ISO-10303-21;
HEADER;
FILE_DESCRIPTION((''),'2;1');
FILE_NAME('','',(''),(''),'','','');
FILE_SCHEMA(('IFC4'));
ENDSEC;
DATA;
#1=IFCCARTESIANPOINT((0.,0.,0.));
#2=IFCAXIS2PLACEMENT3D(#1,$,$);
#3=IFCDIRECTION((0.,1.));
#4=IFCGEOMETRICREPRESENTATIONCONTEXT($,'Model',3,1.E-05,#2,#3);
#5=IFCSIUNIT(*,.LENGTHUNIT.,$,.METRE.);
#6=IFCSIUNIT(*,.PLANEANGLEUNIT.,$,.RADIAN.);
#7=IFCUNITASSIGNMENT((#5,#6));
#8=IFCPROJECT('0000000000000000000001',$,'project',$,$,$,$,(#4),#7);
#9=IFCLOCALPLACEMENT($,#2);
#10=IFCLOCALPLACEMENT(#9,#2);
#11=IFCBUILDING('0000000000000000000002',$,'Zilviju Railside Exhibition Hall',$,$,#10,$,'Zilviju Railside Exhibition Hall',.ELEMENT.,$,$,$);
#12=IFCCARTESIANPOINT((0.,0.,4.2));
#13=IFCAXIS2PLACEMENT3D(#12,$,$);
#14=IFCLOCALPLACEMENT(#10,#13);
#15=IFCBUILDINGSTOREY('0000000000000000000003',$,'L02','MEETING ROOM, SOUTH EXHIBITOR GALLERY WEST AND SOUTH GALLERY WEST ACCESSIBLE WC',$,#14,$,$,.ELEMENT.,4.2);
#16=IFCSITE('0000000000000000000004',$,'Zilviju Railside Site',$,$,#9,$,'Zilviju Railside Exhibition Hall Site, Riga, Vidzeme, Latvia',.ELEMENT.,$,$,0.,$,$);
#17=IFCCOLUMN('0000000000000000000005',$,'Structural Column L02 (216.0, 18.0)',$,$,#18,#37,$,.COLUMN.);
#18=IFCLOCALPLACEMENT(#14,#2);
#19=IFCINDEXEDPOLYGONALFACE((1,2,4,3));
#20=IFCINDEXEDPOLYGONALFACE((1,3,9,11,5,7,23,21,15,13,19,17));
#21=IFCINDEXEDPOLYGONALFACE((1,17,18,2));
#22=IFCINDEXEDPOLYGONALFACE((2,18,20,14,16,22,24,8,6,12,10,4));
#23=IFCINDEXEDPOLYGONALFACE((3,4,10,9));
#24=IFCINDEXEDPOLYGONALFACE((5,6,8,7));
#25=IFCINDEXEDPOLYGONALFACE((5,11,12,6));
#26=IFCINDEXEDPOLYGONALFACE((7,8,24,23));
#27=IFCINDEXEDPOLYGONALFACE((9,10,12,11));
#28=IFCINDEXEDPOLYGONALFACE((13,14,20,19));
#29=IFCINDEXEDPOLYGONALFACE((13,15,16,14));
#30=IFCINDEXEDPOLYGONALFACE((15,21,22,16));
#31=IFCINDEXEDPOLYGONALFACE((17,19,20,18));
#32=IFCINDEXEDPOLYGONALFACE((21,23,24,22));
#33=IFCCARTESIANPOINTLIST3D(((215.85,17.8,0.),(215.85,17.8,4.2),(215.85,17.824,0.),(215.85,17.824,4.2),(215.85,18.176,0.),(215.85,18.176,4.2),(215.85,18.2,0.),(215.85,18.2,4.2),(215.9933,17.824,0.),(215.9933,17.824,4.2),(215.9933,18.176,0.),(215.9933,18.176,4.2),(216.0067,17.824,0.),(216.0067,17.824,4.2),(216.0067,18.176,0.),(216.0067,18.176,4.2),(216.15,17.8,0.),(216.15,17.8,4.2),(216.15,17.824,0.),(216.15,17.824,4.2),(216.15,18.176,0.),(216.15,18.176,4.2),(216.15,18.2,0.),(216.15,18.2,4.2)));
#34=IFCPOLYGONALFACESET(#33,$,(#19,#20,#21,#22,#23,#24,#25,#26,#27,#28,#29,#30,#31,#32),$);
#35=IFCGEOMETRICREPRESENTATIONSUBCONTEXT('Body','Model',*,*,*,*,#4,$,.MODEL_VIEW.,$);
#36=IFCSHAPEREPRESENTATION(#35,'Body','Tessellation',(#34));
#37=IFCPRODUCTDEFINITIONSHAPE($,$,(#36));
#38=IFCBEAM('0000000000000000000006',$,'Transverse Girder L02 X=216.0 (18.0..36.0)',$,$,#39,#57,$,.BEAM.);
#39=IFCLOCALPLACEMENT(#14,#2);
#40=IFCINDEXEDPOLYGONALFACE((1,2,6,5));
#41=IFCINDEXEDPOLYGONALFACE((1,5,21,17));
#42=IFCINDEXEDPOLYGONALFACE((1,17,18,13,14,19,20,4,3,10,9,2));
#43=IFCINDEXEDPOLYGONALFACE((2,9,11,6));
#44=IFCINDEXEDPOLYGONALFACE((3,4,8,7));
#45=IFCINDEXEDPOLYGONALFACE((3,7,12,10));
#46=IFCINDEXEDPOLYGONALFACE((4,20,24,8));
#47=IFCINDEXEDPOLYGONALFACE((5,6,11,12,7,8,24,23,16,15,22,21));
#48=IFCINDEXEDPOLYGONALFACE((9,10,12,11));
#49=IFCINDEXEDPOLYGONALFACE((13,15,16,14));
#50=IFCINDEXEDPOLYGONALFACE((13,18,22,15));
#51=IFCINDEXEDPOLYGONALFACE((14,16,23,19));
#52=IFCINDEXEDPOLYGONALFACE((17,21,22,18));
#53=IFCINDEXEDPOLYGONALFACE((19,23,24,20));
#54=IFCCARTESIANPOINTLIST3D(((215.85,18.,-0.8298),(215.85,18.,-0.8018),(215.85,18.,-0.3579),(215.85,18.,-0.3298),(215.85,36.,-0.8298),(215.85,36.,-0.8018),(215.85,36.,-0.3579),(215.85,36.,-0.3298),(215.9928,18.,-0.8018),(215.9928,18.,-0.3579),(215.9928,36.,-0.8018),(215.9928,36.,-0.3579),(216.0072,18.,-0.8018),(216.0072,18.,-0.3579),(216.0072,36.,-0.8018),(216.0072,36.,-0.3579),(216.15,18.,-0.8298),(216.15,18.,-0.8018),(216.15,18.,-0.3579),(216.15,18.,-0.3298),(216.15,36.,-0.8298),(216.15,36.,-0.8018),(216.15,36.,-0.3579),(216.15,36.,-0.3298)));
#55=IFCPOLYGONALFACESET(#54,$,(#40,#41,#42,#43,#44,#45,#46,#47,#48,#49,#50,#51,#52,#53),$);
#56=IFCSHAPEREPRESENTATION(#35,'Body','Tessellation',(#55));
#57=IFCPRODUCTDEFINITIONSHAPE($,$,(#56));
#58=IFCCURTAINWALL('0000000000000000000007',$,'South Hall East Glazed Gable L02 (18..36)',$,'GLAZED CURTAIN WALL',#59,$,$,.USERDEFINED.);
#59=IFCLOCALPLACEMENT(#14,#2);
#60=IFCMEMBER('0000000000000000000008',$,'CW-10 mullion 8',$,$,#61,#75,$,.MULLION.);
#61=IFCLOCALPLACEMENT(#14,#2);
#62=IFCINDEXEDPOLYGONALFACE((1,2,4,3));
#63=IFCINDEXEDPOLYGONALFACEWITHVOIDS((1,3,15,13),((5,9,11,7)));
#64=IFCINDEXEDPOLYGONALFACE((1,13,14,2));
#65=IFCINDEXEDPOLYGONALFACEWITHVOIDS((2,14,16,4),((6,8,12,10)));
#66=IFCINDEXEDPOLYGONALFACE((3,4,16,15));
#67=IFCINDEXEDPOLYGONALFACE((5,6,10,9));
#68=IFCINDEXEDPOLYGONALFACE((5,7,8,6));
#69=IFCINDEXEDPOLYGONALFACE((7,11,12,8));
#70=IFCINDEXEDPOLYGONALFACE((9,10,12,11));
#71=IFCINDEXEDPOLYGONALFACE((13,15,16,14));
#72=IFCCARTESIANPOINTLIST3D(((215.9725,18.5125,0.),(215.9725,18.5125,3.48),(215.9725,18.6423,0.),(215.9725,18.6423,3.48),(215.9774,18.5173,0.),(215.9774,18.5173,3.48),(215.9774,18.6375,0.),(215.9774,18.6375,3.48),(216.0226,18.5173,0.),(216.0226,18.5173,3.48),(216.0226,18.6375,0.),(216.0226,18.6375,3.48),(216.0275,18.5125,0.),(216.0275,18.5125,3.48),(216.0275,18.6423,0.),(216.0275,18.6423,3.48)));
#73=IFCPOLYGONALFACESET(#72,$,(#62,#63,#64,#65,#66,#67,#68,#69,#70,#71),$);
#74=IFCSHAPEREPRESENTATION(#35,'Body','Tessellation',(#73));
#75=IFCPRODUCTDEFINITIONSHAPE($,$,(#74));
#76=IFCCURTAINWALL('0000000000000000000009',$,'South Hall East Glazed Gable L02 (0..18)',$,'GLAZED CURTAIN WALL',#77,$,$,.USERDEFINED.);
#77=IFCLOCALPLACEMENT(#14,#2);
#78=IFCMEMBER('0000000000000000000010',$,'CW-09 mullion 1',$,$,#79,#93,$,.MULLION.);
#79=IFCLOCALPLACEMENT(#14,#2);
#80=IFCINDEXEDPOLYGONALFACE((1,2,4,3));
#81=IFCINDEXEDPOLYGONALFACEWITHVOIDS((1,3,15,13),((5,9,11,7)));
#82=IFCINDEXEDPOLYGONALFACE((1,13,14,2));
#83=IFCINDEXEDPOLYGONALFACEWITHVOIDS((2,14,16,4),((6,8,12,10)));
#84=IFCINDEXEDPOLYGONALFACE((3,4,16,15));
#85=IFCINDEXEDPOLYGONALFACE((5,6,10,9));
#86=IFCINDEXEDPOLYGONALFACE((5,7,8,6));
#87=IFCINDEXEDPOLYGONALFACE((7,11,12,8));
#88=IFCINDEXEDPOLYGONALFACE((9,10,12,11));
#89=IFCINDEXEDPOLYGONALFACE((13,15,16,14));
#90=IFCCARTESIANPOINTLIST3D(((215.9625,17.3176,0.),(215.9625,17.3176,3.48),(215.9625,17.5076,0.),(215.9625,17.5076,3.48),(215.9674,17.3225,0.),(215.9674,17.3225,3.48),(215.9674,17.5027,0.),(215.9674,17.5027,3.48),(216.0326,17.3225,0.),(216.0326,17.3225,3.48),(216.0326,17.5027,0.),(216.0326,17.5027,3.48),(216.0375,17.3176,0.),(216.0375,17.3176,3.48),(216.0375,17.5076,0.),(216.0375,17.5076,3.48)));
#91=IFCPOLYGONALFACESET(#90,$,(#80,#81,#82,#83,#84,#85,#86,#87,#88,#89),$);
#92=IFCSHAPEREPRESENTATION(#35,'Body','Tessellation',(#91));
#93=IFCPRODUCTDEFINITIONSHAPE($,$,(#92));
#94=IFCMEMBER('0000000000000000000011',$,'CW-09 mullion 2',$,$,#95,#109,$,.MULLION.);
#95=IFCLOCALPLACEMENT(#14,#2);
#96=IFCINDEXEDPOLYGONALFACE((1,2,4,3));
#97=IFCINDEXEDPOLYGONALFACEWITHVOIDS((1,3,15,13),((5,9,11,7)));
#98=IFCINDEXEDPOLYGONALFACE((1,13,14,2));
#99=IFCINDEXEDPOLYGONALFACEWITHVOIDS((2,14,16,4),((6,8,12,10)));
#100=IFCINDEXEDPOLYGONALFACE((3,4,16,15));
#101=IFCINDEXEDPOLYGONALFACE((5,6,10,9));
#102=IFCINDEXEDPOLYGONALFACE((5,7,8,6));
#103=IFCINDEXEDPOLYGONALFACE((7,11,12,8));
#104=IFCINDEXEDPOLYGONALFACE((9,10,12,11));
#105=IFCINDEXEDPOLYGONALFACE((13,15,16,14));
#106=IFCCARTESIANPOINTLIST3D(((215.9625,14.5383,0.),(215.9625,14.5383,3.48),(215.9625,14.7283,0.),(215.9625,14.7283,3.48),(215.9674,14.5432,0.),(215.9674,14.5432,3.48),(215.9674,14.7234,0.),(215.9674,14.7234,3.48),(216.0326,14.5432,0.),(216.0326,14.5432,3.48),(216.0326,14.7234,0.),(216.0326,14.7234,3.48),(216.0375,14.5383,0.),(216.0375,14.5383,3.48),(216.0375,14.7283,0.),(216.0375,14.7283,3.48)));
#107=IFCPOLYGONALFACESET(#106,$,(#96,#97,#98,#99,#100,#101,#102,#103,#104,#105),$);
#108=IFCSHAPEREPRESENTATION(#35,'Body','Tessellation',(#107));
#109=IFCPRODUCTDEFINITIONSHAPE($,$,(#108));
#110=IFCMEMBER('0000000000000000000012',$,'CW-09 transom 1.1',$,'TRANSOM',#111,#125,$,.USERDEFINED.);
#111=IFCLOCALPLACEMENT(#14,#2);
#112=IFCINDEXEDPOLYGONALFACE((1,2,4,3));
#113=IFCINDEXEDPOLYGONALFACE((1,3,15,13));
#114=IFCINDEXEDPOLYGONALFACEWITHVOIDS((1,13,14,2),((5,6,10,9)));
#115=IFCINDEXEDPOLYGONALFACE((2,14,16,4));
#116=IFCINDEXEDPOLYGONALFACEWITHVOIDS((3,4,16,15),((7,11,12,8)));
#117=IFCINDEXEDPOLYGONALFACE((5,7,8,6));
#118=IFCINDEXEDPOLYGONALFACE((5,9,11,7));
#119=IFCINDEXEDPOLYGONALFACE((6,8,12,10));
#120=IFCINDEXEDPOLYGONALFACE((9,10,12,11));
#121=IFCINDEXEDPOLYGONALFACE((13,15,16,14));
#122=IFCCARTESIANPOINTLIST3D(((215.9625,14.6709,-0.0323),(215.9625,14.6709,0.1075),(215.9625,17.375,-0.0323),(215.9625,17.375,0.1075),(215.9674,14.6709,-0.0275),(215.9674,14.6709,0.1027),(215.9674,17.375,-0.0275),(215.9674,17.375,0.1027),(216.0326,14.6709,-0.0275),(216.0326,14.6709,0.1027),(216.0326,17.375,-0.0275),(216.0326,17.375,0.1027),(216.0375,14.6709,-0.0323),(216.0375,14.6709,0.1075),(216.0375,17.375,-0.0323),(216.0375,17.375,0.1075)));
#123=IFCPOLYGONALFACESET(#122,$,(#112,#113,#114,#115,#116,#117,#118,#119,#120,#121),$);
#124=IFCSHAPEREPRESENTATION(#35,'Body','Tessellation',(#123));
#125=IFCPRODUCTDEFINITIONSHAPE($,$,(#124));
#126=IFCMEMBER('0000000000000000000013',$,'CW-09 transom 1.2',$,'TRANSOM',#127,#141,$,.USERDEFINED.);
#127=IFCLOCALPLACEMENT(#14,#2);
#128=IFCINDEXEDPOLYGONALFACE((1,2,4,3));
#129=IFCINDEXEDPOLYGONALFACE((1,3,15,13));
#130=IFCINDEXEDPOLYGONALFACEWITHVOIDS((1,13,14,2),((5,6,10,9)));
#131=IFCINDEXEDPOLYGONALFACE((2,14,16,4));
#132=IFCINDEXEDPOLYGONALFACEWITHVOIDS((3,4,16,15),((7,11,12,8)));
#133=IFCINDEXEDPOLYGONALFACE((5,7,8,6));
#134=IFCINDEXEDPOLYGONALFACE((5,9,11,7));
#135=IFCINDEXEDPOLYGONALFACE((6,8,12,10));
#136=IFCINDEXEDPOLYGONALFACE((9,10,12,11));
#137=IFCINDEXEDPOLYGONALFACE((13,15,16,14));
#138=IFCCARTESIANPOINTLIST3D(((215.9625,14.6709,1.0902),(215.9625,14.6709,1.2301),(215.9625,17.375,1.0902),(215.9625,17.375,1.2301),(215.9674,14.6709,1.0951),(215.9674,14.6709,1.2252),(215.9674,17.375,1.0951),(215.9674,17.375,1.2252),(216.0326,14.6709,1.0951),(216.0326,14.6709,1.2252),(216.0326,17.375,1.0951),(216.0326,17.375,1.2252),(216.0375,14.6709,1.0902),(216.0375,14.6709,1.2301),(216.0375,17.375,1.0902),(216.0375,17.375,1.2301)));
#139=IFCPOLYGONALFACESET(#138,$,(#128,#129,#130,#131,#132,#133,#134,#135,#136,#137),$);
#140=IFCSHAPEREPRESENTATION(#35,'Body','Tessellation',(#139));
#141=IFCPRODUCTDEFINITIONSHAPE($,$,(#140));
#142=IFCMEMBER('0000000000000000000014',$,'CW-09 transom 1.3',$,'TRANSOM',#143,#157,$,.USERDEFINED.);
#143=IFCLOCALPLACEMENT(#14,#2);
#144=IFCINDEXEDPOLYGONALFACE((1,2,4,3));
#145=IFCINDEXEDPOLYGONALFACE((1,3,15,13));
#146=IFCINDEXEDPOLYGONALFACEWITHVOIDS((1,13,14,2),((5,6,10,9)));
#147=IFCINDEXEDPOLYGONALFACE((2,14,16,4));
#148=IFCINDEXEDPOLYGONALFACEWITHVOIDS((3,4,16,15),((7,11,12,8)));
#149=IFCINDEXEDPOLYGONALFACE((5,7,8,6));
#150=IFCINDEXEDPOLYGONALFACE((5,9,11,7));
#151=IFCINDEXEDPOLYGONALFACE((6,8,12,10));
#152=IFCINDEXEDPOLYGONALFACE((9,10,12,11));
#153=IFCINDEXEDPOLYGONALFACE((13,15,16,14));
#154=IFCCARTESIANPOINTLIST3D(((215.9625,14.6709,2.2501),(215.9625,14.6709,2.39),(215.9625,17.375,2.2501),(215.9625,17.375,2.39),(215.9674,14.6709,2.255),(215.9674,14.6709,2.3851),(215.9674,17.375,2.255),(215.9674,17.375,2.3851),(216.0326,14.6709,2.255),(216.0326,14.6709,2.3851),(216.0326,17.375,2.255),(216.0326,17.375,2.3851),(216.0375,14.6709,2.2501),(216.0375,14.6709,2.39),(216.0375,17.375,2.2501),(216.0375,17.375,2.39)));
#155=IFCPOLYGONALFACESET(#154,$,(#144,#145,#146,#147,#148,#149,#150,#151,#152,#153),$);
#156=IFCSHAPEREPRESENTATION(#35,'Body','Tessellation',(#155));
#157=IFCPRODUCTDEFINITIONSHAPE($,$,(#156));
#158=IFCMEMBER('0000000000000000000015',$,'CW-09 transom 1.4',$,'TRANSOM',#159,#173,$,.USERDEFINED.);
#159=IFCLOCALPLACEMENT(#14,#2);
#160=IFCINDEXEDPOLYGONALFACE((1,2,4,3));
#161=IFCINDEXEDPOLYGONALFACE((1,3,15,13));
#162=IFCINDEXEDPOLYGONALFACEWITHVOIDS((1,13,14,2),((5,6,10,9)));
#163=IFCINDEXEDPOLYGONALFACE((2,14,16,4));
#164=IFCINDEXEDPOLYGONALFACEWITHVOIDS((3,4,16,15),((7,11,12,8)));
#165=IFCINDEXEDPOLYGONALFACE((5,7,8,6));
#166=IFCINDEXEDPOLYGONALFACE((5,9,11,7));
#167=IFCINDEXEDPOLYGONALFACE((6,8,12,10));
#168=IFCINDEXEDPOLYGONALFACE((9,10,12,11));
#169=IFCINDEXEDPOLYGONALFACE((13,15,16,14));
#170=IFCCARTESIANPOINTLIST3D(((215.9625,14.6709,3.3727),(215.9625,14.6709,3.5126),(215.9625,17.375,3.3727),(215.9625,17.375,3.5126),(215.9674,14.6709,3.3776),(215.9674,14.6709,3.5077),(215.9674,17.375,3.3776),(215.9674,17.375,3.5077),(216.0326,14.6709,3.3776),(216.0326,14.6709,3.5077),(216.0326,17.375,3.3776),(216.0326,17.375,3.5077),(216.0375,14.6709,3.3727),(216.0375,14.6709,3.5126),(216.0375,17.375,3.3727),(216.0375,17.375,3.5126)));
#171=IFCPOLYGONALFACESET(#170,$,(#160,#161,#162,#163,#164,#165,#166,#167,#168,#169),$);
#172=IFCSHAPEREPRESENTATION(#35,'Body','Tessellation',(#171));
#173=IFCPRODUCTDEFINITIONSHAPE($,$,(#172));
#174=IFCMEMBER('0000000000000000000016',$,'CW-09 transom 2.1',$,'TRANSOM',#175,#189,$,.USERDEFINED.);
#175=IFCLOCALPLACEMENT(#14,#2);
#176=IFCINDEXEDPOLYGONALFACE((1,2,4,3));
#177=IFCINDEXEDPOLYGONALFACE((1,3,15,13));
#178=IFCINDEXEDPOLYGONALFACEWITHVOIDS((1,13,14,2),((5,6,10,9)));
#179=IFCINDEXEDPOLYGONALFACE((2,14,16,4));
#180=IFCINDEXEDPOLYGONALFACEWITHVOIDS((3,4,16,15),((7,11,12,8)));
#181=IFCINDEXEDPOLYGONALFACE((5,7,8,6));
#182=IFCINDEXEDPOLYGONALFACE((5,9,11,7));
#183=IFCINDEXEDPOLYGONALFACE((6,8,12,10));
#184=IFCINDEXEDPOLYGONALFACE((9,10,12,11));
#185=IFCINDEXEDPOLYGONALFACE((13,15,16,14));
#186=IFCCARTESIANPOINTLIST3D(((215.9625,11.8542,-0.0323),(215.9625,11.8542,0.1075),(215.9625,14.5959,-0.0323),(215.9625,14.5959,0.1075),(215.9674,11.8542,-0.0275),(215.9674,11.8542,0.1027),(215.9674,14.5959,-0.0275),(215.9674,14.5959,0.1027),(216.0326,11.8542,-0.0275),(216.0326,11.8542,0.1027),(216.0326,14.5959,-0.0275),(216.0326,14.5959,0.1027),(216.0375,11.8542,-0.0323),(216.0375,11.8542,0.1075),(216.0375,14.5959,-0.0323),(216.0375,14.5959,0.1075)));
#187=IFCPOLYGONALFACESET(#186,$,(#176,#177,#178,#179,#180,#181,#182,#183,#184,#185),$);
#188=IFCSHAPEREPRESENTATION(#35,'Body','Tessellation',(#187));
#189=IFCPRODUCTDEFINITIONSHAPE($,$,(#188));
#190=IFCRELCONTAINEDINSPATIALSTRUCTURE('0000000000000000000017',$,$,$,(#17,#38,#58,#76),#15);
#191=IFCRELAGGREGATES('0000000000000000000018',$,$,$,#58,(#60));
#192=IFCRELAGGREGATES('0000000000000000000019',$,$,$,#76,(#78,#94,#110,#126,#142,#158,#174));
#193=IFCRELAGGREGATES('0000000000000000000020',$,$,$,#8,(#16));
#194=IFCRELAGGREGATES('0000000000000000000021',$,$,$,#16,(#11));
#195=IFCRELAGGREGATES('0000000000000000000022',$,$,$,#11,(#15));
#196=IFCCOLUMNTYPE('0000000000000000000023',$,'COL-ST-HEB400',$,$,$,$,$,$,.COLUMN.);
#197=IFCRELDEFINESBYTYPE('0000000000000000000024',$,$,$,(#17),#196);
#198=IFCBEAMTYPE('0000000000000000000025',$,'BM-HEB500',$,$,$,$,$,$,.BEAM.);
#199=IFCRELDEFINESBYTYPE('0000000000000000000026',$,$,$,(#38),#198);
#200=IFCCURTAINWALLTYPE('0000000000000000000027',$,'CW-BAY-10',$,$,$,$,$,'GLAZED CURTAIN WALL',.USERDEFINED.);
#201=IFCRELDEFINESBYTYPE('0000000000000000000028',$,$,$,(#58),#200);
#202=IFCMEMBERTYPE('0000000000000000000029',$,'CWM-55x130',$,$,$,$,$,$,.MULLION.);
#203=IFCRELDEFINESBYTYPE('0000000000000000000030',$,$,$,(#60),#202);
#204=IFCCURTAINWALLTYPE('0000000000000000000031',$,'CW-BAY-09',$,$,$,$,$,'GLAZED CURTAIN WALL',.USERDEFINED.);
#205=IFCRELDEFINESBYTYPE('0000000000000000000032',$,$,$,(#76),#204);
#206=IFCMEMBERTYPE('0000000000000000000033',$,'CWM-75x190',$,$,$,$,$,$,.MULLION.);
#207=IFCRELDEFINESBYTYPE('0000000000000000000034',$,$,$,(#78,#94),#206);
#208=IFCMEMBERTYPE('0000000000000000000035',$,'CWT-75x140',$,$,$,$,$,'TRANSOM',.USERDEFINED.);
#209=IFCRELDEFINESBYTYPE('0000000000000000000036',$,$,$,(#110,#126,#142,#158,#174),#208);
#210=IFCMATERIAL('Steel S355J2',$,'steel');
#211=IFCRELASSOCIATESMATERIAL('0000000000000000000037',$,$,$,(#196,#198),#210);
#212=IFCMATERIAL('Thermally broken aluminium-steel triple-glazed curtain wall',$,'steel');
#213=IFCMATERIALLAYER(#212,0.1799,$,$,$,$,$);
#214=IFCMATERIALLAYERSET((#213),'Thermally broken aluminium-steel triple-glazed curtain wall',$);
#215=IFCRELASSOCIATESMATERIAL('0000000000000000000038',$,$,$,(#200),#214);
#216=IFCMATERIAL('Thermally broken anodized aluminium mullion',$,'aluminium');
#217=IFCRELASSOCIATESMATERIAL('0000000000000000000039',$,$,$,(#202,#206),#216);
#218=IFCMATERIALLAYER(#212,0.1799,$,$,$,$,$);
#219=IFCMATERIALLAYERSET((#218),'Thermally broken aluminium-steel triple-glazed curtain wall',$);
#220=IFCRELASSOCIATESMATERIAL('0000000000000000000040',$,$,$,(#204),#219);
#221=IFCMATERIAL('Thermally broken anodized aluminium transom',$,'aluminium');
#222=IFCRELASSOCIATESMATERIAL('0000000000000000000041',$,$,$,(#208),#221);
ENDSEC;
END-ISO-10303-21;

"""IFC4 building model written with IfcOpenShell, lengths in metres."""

from ifc_helpers import new_model, si_unit, direction, frame, origin, origin_2d, place, context, subcontext, project, spatial, hollow_rectangle, i_section, extrude, material, layer, layer_set, material_profile, profile_set, type_object, element, aggregate, save


model = new_model("IFC4")

# Units and contexts
model_context = context("Model", 3, precision=1e-05, world=origin(), true_north=direction((0.0, 1.0)))
body_context = subcontext(model_context, "Body", "Model", "MODEL_VIEW")
ifc_project = project(units=[si_unit("LENGTHUNIT", "METRE"), si_unit("PLANEANGLEUNIT", "RADIAN")], contexts=[model_context])

# Site, building, storey
site_placement = place(None, origin())
site = spatial("IfcSite", under=ifc_project, at=site_placement, Name="Zilviju Railside Site", LongName="Zilviju Railside Exhibition Hall Site, Riga, Vidzeme, Latvia", CompositionType="ELEMENT", RefElevation=0.0)
building_placement = place(site_placement, origin())
building = spatial("IfcBuilding", under=site, at=building_placement, Name="Zilviju Railside Exhibition Hall", LongName="Zilviju Railside Exhibition Hall", CompositionType="ELEMENT")
storey_placement = place(building_placement, frame((0.0, 0.0, 4.2)))
storey = spatial("IfcBuildingStorey", under=building, at=storey_placement, Name="L02", Description="MEETING ROOM, SOUTH EXHIBITOR GALLERY WEST AND SOUTH GALLERY WEST ACCESSIBLE WC", CompositionType="ELEMENT", Elevation=4.2)

# Column
ifc_material_1 = material(Name="Steel S355J2", Category="steel")
ifc_material_profile_1 = material_profile(ifc_material_1, i_section(OverallWidth=0.3, OverallDepth=0.3999, WebThickness=0.0134, FlangeThickness=0.0239, at=origin_2d()), Name="HEB 400")
ifc_profile_set_1 = profile_set([ifc_material_profile_1], Name="Steel S355J2")
column_type = type_object("IfcColumnType", Name="COL-ST-HEB400", PredefinedType="COLUMN", material=ifc_profile_set_1)
column_placement = place(storey_placement, frame((216.0, 18.0, 0.0), z_axis=(0.0, 0.0, 1.0), x_axis=(1.0, 0.0, 0.0)))
element("IfcColumn", 1, at=column_placement, inside=storey, type_object=column_type, Name="Structural Column L02 (216.0, 18.0)", PredefinedType="COLUMN", context=body_context, shape_type="SweptSolid", body=[
    extrude(i_section(OverallWidth=0.3, OverallDepth=0.3999, WebThickness=0.0134, FlangeThickness=0.0239, at=origin_2d()), origin(), (0.0, 0.0, 1.0), 4.2),
])

# Beam
ifc_material_profile_2 = material_profile(ifc_material_1, i_section(OverallWidth=0.3, OverallDepth=0.5, WebThickness=0.0144, FlangeThickness=0.0281, at=origin_2d()), Name="HEB 500")
ifc_profile_set_2 = profile_set([ifc_material_profile_2], Name="Steel S355J2")
beam_type = type_object("IfcBeamType", Name="BM-HEB500", PredefinedType="BEAM", material=ifc_profile_set_2)
beam_placement = place(storey_placement, frame((216.0, 18.0, -0.5798), z_axis=(0.0, 1.0, 0.0), x_axis=(-1.0, 0.0, 0.0)))
element("IfcBeam", 2, at=beam_placement, inside=storey, type_object=beam_type, Name="Transverse Girder L02 X=216.0 (18.0..36.0)", PredefinedType="BEAM", context=body_context, shape_type="SweptSolid", body=[
    extrude(i_section(OverallWidth=0.3, OverallDepth=0.5, WebThickness=0.0144, FlangeThickness=0.0281, at=origin_2d()), origin(), (0.0, 0.0, 1.0), 18.0),
])

# Curtain wall, member
ifc_material_2 = material(Name="Thermally broken aluminium-steel triple-glazed curtain wall", Category="steel")
ifc_layer_1 = layer(ifc_material_2, 0.1799)
ifc_layer_set_1 = layer_set([ifc_layer_1], Name="Thermally broken aluminium-steel triple-glazed curtain wall")
curtain_wall_type_1 = type_object("IfcCurtainWallType", Name="CW-BAY-10", ElementType="GLAZED CURTAIN WALL", PredefinedType="USERDEFINED", material=ifc_layer_set_1)
curtain_wall_1_placement = place(storey_placement, origin())
curtain_wall_1 = element("IfcCurtainWall", 3, at=curtain_wall_1_placement, inside=storey, type_object=curtain_wall_type_1, Name="South Hall East Glazed Gable L02 (18..36)", ObjectType="GLAZED CURTAIN WALL", PredefinedType="USERDEFINED")
ifc_material_3 = material(Name="Thermally broken anodized aluminium mullion", Category="aluminium")
ifc_material_profile_3 = material_profile(ifc_material_3, hollow_rectangle(XDim=0.0549, YDim=0.1299, WallThickness=0.0049, at=origin_2d()), Name="MULLION 130x55x5")
ifc_profile_set_3 = profile_set([ifc_material_profile_3], Name="Thermally broken anodized aluminium mullion")
member_type_1 = type_object("IfcMemberType", Name="CWM-55x130", PredefinedType="MULLION", material=ifc_profile_set_3)
member_1_placement = place(storey_placement, frame((216.0, 18.5774, 0.0), z_axis=(0.0, 0.0, 1.0), x_axis=(1.0, 0.0, 0.0)))
member_1 = element("IfcMember", 4, at=member_1_placement, type_object=member_type_1, Name="CW-10 mullion 8", PredefinedType="MULLION", context=body_context, shape_type="SweptSolid", body=[
    extrude(hollow_rectangle(XDim=0.0549, YDim=0.1299, WallThickness=0.0049, at=origin_2d()), origin(), (0.0, 0.0, 1.0), 3.48),
])

# Curtain wall, members
ifc_layer_2 = layer(ifc_material_2, 0.1799)
ifc_layer_set_2 = layer_set([ifc_layer_2], Name="Thermally broken aluminium-steel triple-glazed curtain wall")
curtain_wall_type_2 = type_object("IfcCurtainWallType", Name="CW-BAY-09", ElementType="GLAZED CURTAIN WALL", PredefinedType="USERDEFINED", material=ifc_layer_set_2)
curtain_wall_2_placement = place(storey_placement, origin())
curtain_wall_2 = element("IfcCurtainWall", 5, at=curtain_wall_2_placement, inside=storey, type_object=curtain_wall_type_2, Name="South Hall East Glazed Gable L02 (0..18)", ObjectType="GLAZED CURTAIN WALL", PredefinedType="USERDEFINED")
ifc_material_profile_4 = material_profile(ifc_material_3, hollow_rectangle(XDim=0.075, YDim=0.1899, WallThickness=0.0049, at=origin_2d()), Name="MULLION 190x75x5")
ifc_profile_set_4 = profile_set([ifc_material_profile_4], Name="Thermally broken anodized aluminium mullion")
member_type_2 = type_object("IfcMemberType", Name="CWM-75x190", PredefinedType="MULLION", material=ifc_profile_set_4)
member_2_placement = place(storey_placement, frame((216.0, 17.4126, 0.0), z_axis=(0.0, 0.0, 1.0), x_axis=(1.0, 0.0, 0.0)))
member_2 = element("IfcMember", 6, at=member_2_placement, type_object=member_type_2, Name="CW-09 mullion 1", PredefinedType="MULLION", context=body_context, shape_type="SweptSolid", body=[
    extrude(hollow_rectangle(XDim=0.075, YDim=0.1899, WallThickness=0.0049, at=origin_2d()), origin(), (0.0, 0.0, 1.0), 3.48),
])
member_3_placement = place(storey_placement, frame((216.0, 14.6333, 0.0), z_axis=(0.0, 0.0, 1.0), x_axis=(1.0, 0.0, 0.0)))
member_3 = element("IfcMember", 7, at=member_3_placement, type_object=member_type_2, Name="CW-09 mullion 2", PredefinedType="MULLION", context=body_context, shape_type="SweptSolid", body=[
    extrude(hollow_rectangle(XDim=0.075, YDim=0.1899, WallThickness=0.0049, at=origin_2d()), origin(), (0.0, 0.0, 1.0), 3.48),
])
ifc_material_4 = material(Name="Thermally broken anodized aluminium transom", Category="aluminium")
ifc_material_profile_5 = material_profile(ifc_material_4, hollow_rectangle(XDim=0.075, YDim=0.1399, WallThickness=0.0049, at=origin_2d()), Name="TRANSOM 140x75x5")
ifc_profile_set_5 = profile_set([ifc_material_profile_5], Name="Thermally broken anodized aluminium transom")
member_type_3 = type_object("IfcMemberType", Name="CWT-75x140", ElementType="TRANSOM", PredefinedType="USERDEFINED", material=ifc_profile_set_5)
member_4_placement = place(storey_placement, frame((216.0, 17.375, 0.0376), z_axis=(0.0, -1.0, 0.0), x_axis=(1.0, 0.0, 0.0)))
member_4 = element("IfcMember", 8, at=member_4_placement, type_object=member_type_3, Name="CW-09 transom 1.1", ObjectType="TRANSOM", PredefinedType="USERDEFINED", context=body_context, shape_type="SweptSolid", body=[
    extrude(hollow_rectangle(XDim=0.075, YDim=0.1399, WallThickness=0.0049, at=origin_2d()), origin(), (0.0, 0.0, 1.0), 2.7041),
])
member_5_placement = place(storey_placement, frame((216.0, 17.375, 1.1602), z_axis=(0.0, -1.0, 0.0), x_axis=(1.0, 0.0, 0.0)))
member_5 = element("IfcMember", 9, at=member_5_placement, type_object=member_type_3, Name="CW-09 transom 1.2", ObjectType="TRANSOM", PredefinedType="USERDEFINED", context=body_context, shape_type="SweptSolid", body=[
    extrude(hollow_rectangle(XDim=0.075, YDim=0.1399, WallThickness=0.0049, at=origin_2d()), origin(), (0.0, 0.0, 1.0), 2.7041),
])
member_6_placement = place(storey_placement, frame((216.0, 17.375, 2.3201), z_axis=(0.0, -1.0, 0.0), x_axis=(1.0, 0.0, 0.0)))
member_6 = element("IfcMember", 10, at=member_6_placement, type_object=member_type_3, Name="CW-09 transom 1.3", ObjectType="TRANSOM", PredefinedType="USERDEFINED", context=body_context, shape_type="SweptSolid", body=[
    extrude(hollow_rectangle(XDim=0.075, YDim=0.1399, WallThickness=0.0049, at=origin_2d()), origin(), (0.0, 0.0, 1.0), 2.7041),
])
member_7_placement = place(storey_placement, frame((216.0, 17.375, 3.4426), z_axis=(0.0, -1.0, 0.0), x_axis=(1.0, 0.0, 0.0)))
member_7 = element("IfcMember", 11, at=member_7_placement, type_object=member_type_3, Name="CW-09 transom 1.4", ObjectType="TRANSOM", PredefinedType="USERDEFINED", context=body_context, shape_type="SweptSolid", body=[
    extrude(hollow_rectangle(XDim=0.075, YDim=0.1399, WallThickness=0.0049, at=origin_2d()), origin(), (0.0, 0.0, 1.0), 2.7041),
])
member_8_placement = place(storey_placement, frame((216.0, 14.5959, 0.0376), z_axis=(0.0, -1.0, 0.0), x_axis=(1.0, 0.0, 0.0)))
member_8 = element("IfcMember", 12, at=member_8_placement, type_object=member_type_3, Name="CW-09 transom 2.1", ObjectType="TRANSOM", PredefinedType="USERDEFINED", context=body_context, shape_type="SweptSolid", body=[
    extrude(hollow_rectangle(XDim=0.075, YDim=0.1399, WallThickness=0.0049, at=origin_2d()), origin(), (0.0, 0.0, 1.0), 2.7417),
])

aggregate(curtain_wall_1, [member_1])
aggregate(curtain_wall_2, [member_2, member_3, member_4, member_5, member_6, member_7, member_8])

save(model, "model.ifc")
